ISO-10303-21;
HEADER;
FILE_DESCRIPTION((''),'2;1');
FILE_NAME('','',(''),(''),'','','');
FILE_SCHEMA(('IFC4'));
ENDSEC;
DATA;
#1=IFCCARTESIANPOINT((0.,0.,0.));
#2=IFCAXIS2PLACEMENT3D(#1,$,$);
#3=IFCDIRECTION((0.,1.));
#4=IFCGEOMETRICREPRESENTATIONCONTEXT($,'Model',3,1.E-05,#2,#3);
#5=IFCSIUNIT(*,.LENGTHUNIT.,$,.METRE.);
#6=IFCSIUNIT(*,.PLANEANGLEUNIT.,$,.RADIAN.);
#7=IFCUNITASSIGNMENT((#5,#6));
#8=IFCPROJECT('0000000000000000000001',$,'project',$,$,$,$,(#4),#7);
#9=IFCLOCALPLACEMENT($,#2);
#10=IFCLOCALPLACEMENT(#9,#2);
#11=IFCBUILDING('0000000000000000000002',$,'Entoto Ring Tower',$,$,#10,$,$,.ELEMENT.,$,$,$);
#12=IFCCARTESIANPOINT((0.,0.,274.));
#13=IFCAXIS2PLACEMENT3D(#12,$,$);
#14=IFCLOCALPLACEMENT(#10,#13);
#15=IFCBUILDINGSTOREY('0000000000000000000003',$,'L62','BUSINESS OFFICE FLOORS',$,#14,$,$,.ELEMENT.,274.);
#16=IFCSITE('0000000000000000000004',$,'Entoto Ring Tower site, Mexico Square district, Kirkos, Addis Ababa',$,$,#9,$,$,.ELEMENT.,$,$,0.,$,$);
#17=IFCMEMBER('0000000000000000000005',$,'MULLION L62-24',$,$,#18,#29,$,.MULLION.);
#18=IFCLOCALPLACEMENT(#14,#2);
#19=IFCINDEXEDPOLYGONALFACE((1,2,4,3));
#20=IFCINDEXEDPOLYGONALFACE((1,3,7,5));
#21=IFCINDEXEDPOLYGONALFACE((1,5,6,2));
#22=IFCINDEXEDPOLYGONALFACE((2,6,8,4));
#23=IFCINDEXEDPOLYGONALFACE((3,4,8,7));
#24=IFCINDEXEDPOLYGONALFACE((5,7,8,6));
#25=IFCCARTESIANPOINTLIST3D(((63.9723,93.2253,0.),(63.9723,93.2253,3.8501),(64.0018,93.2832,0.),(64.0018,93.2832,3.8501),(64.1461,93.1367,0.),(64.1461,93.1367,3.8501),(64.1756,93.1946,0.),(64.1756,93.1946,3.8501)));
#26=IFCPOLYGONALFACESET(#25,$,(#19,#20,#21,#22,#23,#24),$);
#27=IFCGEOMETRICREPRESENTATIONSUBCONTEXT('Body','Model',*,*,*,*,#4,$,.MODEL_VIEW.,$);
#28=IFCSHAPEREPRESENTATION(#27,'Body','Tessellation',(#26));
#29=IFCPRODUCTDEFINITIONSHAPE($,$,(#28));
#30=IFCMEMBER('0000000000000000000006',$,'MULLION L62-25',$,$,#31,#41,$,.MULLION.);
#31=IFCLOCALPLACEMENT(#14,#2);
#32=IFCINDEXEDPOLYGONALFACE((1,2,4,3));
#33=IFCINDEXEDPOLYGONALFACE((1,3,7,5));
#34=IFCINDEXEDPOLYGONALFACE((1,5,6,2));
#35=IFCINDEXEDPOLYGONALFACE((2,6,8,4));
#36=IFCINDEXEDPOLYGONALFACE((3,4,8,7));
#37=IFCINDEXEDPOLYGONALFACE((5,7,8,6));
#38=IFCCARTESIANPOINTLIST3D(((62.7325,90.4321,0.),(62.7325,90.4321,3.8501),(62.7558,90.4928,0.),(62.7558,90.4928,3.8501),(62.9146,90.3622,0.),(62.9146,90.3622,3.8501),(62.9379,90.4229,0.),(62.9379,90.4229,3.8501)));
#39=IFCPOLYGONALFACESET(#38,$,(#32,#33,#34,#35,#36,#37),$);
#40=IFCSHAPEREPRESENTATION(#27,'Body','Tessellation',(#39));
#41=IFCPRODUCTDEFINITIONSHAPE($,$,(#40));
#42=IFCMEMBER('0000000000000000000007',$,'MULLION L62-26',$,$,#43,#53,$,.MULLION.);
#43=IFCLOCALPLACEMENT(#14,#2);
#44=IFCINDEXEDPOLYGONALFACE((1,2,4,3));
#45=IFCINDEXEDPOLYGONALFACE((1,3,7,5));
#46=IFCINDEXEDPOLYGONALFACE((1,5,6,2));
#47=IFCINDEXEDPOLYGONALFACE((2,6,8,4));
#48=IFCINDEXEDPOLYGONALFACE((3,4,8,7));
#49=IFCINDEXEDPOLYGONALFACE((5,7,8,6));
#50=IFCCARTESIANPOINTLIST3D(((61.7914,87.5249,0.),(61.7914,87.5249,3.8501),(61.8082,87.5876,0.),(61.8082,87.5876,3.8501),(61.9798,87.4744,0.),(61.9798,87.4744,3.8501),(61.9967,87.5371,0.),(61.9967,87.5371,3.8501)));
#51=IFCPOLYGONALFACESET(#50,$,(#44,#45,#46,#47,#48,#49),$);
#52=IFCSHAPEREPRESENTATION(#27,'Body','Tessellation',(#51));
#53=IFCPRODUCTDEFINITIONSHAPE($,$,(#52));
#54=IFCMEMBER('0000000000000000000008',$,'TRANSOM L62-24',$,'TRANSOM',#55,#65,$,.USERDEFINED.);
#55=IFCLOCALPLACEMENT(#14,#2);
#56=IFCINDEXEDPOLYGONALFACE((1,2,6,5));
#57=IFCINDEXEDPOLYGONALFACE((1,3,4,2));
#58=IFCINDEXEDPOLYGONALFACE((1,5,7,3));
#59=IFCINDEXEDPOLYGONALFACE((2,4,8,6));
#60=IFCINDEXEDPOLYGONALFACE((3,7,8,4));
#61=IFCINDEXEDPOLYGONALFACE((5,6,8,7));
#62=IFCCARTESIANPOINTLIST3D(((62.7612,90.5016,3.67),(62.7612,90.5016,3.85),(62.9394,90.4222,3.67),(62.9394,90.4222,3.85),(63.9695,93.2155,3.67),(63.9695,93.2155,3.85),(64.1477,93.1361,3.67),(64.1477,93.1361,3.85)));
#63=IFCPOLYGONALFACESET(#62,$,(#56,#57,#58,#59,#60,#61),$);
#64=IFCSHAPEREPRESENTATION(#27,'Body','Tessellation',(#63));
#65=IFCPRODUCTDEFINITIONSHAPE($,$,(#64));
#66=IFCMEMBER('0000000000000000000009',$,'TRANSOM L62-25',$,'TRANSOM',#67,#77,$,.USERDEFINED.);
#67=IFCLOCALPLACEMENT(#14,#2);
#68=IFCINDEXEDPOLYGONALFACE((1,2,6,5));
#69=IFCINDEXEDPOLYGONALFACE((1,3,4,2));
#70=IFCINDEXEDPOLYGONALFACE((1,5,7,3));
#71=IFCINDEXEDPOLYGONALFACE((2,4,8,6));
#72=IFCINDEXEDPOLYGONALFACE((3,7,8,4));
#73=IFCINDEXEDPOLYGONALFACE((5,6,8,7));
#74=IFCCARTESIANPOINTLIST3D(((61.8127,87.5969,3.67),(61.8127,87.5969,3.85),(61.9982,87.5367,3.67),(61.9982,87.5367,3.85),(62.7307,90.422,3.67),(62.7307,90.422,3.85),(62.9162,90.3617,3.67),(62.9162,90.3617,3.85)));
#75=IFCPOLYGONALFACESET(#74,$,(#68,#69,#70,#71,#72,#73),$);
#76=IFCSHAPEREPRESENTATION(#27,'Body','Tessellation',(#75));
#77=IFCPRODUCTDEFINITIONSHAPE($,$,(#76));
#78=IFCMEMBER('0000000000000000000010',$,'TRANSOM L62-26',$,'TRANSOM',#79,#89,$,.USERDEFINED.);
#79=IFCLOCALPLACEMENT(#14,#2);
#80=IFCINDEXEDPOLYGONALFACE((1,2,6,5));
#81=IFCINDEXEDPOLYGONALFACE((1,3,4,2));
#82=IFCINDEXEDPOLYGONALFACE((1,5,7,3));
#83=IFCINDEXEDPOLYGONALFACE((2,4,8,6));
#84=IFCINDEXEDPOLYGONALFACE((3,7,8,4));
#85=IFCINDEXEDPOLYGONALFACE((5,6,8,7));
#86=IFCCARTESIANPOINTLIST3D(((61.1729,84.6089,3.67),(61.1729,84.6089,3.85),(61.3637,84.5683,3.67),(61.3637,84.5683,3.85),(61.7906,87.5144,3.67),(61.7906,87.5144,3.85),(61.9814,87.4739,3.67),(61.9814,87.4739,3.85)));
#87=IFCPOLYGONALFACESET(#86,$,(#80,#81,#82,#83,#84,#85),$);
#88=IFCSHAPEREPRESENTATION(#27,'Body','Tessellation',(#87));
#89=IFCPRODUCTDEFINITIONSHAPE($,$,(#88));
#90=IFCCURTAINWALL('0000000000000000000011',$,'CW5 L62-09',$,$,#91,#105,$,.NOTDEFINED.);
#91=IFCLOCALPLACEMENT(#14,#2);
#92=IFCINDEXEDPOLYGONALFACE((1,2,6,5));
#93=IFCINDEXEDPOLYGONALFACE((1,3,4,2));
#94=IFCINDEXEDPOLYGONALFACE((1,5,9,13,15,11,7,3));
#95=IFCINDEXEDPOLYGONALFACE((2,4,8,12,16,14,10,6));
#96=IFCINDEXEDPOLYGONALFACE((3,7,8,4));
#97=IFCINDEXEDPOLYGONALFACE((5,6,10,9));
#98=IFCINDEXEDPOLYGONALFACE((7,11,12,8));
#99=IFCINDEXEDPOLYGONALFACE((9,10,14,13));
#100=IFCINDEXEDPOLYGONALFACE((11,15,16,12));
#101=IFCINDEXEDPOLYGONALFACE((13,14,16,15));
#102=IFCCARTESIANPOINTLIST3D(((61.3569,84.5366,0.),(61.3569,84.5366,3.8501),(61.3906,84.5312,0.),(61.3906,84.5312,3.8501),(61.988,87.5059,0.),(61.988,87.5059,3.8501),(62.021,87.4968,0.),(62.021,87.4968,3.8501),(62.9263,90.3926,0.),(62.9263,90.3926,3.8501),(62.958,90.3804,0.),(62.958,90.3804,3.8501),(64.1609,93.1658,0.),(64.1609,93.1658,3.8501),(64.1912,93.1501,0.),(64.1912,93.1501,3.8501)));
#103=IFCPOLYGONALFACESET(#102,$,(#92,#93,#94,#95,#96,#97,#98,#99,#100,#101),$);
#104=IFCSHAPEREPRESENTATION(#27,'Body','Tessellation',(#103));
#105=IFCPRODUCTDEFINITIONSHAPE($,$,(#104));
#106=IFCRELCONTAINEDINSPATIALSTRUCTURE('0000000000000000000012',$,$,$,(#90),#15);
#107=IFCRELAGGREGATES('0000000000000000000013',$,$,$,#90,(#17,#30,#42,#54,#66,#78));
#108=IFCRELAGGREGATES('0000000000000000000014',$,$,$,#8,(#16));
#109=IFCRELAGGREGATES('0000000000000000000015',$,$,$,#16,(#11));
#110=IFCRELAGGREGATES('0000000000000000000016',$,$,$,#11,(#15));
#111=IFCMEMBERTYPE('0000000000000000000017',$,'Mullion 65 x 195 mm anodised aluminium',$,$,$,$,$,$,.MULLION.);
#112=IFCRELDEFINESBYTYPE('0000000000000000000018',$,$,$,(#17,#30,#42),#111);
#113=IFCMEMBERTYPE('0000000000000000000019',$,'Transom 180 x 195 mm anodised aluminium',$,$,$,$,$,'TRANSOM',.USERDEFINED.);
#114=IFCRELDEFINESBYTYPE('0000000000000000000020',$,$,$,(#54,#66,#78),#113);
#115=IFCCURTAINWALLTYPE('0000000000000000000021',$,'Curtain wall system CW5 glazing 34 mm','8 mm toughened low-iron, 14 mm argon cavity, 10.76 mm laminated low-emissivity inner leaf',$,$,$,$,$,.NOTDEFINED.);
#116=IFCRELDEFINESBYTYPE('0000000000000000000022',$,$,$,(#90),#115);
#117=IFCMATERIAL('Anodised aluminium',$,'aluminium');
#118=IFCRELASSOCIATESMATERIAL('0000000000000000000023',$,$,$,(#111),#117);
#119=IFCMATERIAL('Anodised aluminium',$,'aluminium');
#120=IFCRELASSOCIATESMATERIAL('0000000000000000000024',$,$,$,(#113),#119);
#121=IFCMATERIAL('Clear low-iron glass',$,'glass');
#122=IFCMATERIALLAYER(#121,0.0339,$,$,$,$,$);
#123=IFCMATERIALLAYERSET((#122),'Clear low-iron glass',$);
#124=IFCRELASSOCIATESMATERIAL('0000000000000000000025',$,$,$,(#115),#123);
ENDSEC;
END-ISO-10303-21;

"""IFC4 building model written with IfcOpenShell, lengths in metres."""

from ifc_helpers import new_model, si_unit, direction, frame, origin, origin_2d, place, context, subcontext, project, spatial, polyline, rectangle, outline, extrude, material, layer, layer_set, material_profile, profile_set, type_object, element, aggregate, save


model = new_model("IFC4")

# Units and contexts
model_context = context("Model", 3, precision=1e-05, world=origin(), true_north=direction((0.0, 1.0)))
body_context = subcontext(model_context, "Body", "Model", "MODEL_VIEW")
ifc_project = project(units=[si_unit("LENGTHUNIT", "METRE"), si_unit("PLANEANGLEUNIT", "RADIAN")], contexts=[model_context])

# Members
ifc_material_1 = material(Name="Anodised aluminium", Category="aluminium")
ifc_material_profile_1 = material_profile(ifc_material_1, rectangle(XDim=0.0649, YDim=0.1951, at=origin_2d()), Name="Mullion 65 x 195 mm anodised aluminium")
ifc_profile_set_1 = profile_set([ifc_material_profile_1], Name="Anodised aluminium")
member_type_1 = type_object("IfcMemberType", Name="Mullion 65 x 195 mm anodised aluminium", PredefinedType="MULLION", material=ifc_profile_set_1)
site_placement = place(None, origin())
building_placement = place(site_placement, origin())
storey_placement = place(building_placement, frame((0.0, 0.0, 274.0)))
member_1_placement = place(storey_placement, frame((64.074, 93.21, 0.0), z_axis=(0.0, 0.0, 1.0), x_axis=(-0.45399, -0.891007, 0.0)))
member_1 = element("IfcMember", 1, at=member_1_placement, type_object=member_type_1, Name="MULLION L62-24", PredefinedType="MULLION", context=body_context, shape_type="SweptSolid", body=[
    extrude(rectangle(XDim=0.0649, YDim=0.1951, at=origin_2d()), origin(), (0.0, 0.0, 1.0), 3.8501),
])
member_2_placement = place(storey_placement, frame((62.8352, 90.4275, 0.0), z_axis=(0.0, 0.0, 1.0), x_axis=(-0.358368, -0.93358, 0.0)))
member_2 = element("IfcMember", 2, at=member_2_placement, type_object=member_type_1, Name="MULLION L62-25", PredefinedType="MULLION", context=body_context, shape_type="SweptSolid", body=[
    extrude(rectangle(XDim=0.0649, YDim=0.1951, at=origin_2d()), origin(), (0.0, 0.0, 1.0), 3.8501),
])
member_3_placement = place(storey_placement, frame((61.894, 87.531, 0.0), z_axis=(0.0, 0.0, 1.0), x_axis=(-0.258819, -0.965926, 0.0)))
member_3 = element("IfcMember", 3, at=member_3_placement, type_object=member_type_1, Name="MULLION L62-26", PredefinedType="MULLION", context=body_context, shape_type="SweptSolid", body=[
    extrude(rectangle(XDim=0.0649, YDim=0.1951, at=origin_2d()), origin(), (0.0, 0.0, 1.0), 3.8501),
])
ifc_material_2 = material(Name="Anodised aluminium", Category="aluminium")
ifc_material_profile_2 = material_profile(ifc_material_2, rectangle(XDim=0.1951, YDim=0.1799, at=origin_2d()), Name="Transom 180 x 195 mm anodised aluminium")
ifc_profile_set_2 = profile_set([ifc_material_profile_2], Name="Anodised aluminium")
member_type_2 = type_object("IfcMemberType", Name="Transom 180 x 195 mm anodised aluminium", ElementType="TRANSOM", PredefinedType="USERDEFINED", material=ifc_profile_set_2)
member_4_placement = place(storey_placement, frame((64.0586, 93.1758, 3.76), z_axis=(-0.406726, -0.91355, 0.0), x_axis=(0.91355, -0.406726, 0.0)))
member_4 = element("IfcMember", 4, at=member_4_placement, type_object=member_type_2, Name="TRANSOM L62-24", ObjectType="TRANSOM", PredefinedType="USERDEFINED", context=body_context, shape_type="SweptSolid", body=[
    extrude(rectangle(XDim=0.1951, YDim=0.1799, at=origin_2d()), origin(), (0.0, 0.0, 1.0), 2.9707),
])
member_5_placement = place(storey_placement, frame((62.8235, 90.3918, 3.76), z_axis=(-0.309043, -0.951048, 0.0), x_axis=(0.951048, -0.309043, 0.0)))
member_5 = element("IfcMember", 5, at=member_5_placement, type_object=member_type_2, Name="TRANSOM L62-25", ObjectType="TRANSOM", PredefinedType="USERDEFINED", context=body_context, shape_type="SweptSolid", body=[
    extrude(rectangle(XDim=0.1951, YDim=0.1799, at=origin_2d()), origin(), (0.0, 0.0, 1.0), 2.9705),
])
member_6_placement = place(storey_placement, frame((61.886, 87.4941, 3.76), z_axis=(-0.20794, -0.978142, 0.0), x_axis=(0.978142, -0.20794, 0.0)))
member_6 = element("IfcMember", 6, at=member_6_placement, type_object=member_type_2, Name="TRANSOM L62-26", ObjectType="TRANSOM", PredefinedType="USERDEFINED", context=body_context, shape_type="SweptSolid", body=[
    extrude(rectangle(XDim=0.1951, YDim=0.1799, at=origin_2d()), origin(), (0.0, 0.0, 1.0), 2.9705),
])

# Site, building, storey
site = spatial("IfcSite", under=ifc_project, at=site_placement, Name="Entoto Ring Tower site, Mexico Square district, Kirkos, Addis Ababa", CompositionType="ELEMENT", RefElevation=0.0)
building = spatial("IfcBuilding", under=site, at=building_placement, Name="Entoto Ring Tower", CompositionType="ELEMENT")
storey = spatial("IfcBuildingStorey", under=building, at=storey_placement, Name="L62", Description="BUSINESS OFFICE FLOORS", CompositionType="ELEMENT", Elevation=274.0)

# Curtain wall
ifc_material_3 = material(Name="Clear low-iron glass", Category="glass")
ifc_layer = layer(ifc_material_3, 0.0339)
ifc_layer_set = layer_set([ifc_layer], Name="Clear low-iron glass")
curtain_wall_type = type_object("IfcCurtainWallType", Name="Curtain wall system CW5 glazing 34 mm", Description="8 mm toughened low-iron, 14 mm argon cavity, 10.76 mm laminated low-emissivity inner leaf", PredefinedType="NOTDEFINED", material=ifc_layer_set)
curtain_wall_1_placement = place(storey_placement, origin())
curtain_wall_1 = element("IfcCurtainWall", 7, at=curtain_wall_1_placement, inside=storey, type_object=curtain_wall_type, Name="CW5 L62-09", PredefinedType="NOTDEFINED", context=body_context, shape_type="SweptSolid", body=[
    extrude(outline(polyline([(64.1609, 93.1658), (62.9263, 90.3926), (61.988, 87.5059), (61.3569, 84.5366), (61.3906, 84.5312), (62.021, 87.4968), (62.958, 90.3804), (64.1912, 93.1501), (64.1609, 93.1658)])), origin(), (0.0, 0.0, 1.0), 3.8501),
])
aggregate(curtain_wall_1, [member_1, member_2, member_3, member_4, member_5, member_6])

save(model, "model.ifc")
